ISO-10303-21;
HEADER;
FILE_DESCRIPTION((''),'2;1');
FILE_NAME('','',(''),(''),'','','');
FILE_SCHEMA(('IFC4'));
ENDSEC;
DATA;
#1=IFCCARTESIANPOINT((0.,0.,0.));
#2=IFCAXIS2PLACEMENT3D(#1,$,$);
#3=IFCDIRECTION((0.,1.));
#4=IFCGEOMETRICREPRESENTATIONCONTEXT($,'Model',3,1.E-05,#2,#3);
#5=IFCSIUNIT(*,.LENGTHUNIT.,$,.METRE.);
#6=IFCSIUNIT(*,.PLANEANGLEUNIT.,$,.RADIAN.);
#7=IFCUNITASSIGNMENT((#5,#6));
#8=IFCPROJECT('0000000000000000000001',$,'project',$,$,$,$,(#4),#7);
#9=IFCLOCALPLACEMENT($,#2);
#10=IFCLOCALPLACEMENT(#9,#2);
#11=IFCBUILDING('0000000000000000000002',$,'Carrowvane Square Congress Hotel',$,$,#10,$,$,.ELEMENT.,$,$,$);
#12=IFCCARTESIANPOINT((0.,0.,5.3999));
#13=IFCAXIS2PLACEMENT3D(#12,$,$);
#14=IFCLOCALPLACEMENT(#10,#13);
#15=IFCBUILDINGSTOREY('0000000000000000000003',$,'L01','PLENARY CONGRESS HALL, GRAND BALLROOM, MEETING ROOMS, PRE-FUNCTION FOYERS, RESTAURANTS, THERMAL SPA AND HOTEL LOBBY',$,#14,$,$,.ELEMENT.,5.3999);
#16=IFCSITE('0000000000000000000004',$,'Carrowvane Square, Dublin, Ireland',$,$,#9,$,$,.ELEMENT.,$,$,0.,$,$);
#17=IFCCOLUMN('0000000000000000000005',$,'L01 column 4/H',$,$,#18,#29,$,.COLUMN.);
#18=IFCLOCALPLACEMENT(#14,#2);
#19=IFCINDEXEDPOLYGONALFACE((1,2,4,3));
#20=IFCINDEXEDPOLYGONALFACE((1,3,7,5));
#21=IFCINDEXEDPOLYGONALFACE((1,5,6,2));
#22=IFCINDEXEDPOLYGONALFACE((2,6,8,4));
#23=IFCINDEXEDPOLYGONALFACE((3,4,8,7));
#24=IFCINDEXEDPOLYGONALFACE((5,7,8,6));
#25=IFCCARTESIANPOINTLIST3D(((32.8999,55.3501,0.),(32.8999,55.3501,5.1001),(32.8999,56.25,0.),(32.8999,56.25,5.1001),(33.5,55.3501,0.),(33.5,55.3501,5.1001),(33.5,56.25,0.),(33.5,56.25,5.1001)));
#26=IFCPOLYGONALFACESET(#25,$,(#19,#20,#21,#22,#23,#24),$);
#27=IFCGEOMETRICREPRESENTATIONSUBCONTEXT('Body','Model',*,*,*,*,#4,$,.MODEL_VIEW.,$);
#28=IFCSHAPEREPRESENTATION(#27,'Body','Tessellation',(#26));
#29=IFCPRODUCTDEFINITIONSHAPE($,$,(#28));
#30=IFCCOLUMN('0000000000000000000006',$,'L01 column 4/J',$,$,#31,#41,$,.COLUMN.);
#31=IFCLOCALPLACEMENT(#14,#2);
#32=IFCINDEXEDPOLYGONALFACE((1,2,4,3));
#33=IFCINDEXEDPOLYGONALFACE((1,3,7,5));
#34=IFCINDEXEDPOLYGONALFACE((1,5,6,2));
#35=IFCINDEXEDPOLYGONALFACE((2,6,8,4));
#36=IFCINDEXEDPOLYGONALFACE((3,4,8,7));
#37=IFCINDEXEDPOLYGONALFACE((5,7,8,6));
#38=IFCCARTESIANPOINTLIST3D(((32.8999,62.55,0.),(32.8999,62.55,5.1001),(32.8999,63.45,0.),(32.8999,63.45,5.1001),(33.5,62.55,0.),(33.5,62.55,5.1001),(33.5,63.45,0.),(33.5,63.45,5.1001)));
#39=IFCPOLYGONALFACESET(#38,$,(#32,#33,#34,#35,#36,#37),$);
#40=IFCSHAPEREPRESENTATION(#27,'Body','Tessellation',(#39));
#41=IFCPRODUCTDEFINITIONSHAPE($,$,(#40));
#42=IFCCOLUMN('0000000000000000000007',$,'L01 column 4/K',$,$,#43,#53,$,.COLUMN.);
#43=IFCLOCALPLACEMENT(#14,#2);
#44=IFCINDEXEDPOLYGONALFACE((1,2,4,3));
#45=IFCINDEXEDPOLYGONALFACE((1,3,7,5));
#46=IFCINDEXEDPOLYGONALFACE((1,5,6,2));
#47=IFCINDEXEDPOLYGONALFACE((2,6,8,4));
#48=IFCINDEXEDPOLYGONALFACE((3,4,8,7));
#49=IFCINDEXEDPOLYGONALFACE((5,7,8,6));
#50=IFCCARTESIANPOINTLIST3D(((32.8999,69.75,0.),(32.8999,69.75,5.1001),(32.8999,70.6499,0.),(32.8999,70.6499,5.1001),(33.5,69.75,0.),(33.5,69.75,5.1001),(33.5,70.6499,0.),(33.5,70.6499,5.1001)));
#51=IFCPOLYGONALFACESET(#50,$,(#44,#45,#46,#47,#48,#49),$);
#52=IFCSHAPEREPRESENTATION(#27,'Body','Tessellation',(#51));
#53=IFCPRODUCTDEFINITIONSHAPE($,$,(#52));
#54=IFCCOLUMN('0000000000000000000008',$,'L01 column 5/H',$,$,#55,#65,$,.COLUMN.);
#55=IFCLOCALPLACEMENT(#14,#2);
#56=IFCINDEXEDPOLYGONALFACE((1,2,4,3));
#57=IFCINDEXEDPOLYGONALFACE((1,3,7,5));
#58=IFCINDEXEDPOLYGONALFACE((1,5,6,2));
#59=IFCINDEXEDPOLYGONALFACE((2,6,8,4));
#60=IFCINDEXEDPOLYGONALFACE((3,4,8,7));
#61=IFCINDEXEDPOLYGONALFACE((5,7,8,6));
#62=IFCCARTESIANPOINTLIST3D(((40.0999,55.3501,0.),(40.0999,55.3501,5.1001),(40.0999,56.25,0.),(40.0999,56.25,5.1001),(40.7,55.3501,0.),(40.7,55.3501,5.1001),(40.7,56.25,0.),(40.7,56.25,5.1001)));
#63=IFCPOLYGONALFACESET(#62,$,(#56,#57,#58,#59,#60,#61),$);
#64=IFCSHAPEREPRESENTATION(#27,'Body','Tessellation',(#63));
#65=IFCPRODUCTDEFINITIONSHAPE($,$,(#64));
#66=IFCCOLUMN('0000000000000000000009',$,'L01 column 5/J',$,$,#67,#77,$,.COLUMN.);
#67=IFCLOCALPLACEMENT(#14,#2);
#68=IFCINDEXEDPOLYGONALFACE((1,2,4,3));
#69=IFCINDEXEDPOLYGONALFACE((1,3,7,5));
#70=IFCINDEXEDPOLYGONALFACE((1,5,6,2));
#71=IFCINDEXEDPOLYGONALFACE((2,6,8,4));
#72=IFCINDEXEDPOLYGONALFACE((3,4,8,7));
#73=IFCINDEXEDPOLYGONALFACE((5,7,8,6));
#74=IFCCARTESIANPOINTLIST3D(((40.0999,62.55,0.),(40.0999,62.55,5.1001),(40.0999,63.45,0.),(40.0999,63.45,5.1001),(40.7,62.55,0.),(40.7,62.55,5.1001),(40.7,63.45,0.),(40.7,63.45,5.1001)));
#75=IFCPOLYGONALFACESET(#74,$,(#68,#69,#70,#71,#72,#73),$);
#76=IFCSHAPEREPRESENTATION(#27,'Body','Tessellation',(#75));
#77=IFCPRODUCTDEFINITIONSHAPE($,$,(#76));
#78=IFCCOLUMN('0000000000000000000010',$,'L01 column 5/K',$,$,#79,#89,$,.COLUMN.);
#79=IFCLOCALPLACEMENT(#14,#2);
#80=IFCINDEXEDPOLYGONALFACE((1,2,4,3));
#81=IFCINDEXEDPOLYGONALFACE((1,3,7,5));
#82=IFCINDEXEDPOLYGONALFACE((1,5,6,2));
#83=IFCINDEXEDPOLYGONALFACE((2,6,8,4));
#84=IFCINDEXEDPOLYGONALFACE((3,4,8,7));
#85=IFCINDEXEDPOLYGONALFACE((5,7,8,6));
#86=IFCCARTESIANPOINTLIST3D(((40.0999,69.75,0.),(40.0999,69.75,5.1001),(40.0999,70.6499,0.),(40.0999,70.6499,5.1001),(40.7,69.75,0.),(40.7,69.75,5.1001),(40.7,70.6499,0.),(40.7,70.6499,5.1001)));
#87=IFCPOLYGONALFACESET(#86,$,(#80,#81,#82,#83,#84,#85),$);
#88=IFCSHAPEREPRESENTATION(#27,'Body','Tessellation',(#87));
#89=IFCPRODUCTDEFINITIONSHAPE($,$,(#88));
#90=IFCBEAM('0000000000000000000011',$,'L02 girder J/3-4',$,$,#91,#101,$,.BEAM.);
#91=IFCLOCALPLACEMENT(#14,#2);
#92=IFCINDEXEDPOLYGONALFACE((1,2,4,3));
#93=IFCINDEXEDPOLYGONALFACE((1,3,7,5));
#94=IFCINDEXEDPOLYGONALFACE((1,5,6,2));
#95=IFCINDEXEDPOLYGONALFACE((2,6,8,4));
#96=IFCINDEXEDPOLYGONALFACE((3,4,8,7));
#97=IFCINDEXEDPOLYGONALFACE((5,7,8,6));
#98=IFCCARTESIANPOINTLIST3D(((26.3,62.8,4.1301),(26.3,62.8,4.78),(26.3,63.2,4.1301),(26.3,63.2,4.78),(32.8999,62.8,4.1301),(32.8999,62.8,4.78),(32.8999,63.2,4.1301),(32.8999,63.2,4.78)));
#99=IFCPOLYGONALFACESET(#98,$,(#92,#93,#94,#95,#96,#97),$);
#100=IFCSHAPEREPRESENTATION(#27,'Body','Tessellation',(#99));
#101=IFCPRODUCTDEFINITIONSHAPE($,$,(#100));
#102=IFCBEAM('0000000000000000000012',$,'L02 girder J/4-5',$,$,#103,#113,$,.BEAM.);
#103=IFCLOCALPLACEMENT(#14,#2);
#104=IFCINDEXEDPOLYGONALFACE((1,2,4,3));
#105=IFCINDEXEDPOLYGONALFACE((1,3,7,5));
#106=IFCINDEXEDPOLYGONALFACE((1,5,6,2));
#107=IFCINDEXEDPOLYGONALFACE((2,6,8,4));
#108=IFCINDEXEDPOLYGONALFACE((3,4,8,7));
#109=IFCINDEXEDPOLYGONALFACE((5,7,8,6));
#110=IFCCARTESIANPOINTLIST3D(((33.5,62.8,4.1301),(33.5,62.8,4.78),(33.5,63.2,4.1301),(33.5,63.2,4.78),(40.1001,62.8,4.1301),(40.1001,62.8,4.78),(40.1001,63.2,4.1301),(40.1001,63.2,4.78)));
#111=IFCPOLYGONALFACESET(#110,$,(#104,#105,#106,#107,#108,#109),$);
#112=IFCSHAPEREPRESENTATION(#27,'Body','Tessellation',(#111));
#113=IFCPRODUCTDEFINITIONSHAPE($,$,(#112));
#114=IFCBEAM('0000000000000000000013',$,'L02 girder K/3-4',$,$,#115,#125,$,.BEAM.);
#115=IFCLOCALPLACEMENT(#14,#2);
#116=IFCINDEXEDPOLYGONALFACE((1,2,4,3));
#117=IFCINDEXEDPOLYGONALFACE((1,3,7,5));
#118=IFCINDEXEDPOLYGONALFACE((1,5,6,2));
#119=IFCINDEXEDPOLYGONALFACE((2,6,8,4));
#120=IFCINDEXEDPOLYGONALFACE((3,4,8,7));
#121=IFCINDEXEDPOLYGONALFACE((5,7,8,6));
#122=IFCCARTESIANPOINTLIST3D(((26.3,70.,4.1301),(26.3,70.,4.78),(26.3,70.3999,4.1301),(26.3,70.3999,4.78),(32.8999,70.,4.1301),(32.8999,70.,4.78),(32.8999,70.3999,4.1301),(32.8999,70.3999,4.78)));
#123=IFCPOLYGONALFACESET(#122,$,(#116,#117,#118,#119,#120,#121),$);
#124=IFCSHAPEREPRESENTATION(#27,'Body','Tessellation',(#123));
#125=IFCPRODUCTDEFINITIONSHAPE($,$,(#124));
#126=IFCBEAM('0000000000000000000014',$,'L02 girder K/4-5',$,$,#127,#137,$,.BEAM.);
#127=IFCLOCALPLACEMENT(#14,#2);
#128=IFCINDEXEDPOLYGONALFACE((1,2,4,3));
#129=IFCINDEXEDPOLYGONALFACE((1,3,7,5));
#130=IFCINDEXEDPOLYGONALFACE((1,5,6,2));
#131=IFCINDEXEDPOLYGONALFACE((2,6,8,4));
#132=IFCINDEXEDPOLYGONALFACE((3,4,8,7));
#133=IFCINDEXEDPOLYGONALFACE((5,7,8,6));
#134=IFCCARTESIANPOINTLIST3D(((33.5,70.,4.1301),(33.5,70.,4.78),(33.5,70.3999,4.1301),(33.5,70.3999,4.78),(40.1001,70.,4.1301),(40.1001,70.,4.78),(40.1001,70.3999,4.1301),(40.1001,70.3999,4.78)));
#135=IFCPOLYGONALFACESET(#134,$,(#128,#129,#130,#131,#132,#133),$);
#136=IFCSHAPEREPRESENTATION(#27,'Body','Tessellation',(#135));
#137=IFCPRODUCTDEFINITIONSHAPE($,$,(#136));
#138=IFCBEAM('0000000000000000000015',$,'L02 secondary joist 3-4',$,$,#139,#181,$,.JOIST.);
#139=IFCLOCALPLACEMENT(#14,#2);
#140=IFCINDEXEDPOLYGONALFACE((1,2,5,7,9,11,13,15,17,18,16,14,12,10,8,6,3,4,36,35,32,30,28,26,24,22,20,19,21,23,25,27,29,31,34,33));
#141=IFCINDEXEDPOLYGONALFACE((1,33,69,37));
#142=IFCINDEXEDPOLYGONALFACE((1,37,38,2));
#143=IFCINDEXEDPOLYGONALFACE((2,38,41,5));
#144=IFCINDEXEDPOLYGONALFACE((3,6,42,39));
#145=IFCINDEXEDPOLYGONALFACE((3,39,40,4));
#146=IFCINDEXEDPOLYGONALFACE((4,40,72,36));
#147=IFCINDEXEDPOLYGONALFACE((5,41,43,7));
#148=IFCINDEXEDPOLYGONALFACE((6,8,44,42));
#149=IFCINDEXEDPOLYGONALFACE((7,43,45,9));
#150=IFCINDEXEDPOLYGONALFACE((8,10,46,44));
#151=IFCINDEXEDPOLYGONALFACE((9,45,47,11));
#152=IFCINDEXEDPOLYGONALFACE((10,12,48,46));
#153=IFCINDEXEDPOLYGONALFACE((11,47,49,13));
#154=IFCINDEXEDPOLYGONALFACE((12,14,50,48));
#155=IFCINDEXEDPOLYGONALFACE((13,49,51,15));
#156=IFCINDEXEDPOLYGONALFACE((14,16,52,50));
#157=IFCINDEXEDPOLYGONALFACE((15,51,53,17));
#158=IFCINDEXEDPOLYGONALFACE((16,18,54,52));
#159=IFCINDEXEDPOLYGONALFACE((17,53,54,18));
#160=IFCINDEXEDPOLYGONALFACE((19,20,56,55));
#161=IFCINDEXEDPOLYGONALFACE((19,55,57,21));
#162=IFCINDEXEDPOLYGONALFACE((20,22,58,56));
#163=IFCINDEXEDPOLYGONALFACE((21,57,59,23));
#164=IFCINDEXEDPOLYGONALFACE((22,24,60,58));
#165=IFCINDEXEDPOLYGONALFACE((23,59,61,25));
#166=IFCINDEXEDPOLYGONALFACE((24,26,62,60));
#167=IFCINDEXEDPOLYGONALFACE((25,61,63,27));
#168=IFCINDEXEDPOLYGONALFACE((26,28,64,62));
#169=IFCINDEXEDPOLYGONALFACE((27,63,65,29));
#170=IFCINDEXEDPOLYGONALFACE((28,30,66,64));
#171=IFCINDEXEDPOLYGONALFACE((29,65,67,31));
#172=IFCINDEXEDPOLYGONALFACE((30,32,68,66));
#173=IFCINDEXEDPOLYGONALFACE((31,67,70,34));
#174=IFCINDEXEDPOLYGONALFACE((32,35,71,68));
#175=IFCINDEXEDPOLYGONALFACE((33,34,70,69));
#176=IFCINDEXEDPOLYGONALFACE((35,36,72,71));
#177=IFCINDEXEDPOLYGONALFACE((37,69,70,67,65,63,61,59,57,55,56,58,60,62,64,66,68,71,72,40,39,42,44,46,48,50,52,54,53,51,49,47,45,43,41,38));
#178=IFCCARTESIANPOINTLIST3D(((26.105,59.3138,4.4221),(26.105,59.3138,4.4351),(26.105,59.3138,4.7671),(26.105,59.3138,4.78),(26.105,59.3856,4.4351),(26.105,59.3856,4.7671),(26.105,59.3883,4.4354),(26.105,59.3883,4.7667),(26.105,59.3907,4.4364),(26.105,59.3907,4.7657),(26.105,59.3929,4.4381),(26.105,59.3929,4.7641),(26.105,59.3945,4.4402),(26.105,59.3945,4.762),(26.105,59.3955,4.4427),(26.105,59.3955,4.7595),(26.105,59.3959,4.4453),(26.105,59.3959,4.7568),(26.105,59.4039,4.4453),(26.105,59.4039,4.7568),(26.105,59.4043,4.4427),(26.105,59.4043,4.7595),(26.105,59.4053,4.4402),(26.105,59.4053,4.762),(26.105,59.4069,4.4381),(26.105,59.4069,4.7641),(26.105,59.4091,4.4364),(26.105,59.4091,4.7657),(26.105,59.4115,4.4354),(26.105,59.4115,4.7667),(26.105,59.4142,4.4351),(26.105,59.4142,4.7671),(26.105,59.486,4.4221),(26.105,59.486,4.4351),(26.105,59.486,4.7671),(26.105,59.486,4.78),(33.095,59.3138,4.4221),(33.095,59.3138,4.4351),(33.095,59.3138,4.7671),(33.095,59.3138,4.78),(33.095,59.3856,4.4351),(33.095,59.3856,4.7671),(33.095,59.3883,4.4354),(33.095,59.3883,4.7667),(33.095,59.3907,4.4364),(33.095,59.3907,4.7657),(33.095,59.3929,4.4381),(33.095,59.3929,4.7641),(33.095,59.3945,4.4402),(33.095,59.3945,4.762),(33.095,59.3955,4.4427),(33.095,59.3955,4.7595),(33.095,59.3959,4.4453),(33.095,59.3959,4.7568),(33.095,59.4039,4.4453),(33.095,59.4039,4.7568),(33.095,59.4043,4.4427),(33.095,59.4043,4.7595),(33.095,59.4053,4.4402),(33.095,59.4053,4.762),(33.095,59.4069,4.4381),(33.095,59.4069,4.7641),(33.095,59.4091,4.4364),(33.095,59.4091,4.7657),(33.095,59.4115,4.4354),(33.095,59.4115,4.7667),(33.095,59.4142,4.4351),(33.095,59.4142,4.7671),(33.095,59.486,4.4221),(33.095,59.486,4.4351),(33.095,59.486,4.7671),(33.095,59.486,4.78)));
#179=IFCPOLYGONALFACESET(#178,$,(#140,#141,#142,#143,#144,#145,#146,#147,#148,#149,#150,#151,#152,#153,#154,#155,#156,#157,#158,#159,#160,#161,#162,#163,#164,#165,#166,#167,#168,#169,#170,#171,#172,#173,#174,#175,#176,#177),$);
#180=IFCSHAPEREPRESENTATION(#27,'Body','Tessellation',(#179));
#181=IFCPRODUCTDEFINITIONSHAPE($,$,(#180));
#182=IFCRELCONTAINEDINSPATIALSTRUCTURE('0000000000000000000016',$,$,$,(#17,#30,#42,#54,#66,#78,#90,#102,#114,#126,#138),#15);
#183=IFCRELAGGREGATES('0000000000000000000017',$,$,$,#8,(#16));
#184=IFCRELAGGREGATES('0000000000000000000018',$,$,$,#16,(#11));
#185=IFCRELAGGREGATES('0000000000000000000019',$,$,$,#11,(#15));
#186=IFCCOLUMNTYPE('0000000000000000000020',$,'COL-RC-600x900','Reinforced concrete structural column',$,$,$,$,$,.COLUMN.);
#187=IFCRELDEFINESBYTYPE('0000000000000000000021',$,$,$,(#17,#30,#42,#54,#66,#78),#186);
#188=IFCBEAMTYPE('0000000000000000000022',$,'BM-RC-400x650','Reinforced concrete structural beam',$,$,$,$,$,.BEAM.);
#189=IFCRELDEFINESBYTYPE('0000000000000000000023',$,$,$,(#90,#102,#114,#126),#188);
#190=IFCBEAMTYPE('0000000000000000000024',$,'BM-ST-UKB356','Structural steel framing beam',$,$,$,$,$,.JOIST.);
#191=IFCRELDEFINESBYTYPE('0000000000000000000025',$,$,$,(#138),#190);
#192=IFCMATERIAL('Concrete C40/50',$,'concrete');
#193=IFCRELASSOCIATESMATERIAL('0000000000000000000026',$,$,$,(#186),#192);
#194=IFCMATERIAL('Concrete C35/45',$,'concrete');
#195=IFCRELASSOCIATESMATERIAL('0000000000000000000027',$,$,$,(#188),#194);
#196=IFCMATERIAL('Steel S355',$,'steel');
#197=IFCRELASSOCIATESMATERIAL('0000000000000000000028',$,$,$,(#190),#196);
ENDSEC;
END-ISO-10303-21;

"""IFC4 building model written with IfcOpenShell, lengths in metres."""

from ifc_helpers import new_model, si_unit, direction, frame, origin, origin_2d, place, context, subcontext, project, spatial, rectangle, i_section, extrude, material, material_profile, profile_set, type_object, element, save


model = new_model("IFC4")

# Units and contexts
model_context = context("Model", 3, precision=1e-05, world=origin(), true_north=direction((0.0, 1.0)))
body_context = subcontext(model_context, "Body", "Model", "MODEL_VIEW")
ifc_project = project(units=[si_unit("LENGTHUNIT", "METRE"), si_unit("PLANEANGLEUNIT", "RADIAN")], contexts=[model_context])

# Site, building, storey
site_placement = place(None, origin())
site = spatial("IfcSite", under=ifc_project, at=site_placement, Name="Carrowvane Square, Dublin, Ireland", CompositionType="ELEMENT", RefElevation=0.0)
building_placement = place(site_placement, origin())
building = spatial("IfcBuilding", under=site, at=building_placement, Name="Carrowvane Square Congress Hotel", CompositionType="ELEMENT")
storey_placement = place(building_placement, frame((0.0, 0.0, 5.3999)))
storey = spatial("IfcBuildingStorey", under=building, at=storey_placement, Name="L01", Description="PLENARY CONGRESS HALL, GRAND BALLROOM, MEETING ROOMS, PRE-FUNCTION FOYERS, RESTAURANTS, THERMAL SPA AND HOTEL LOBBY", CompositionType="ELEMENT", Elevation=5.3999)

# Columns
ifc_material_1 = material(Name="Concrete C40/50", Category="concrete")
ifc_material_profile_1 = material_profile(ifc_material_1, rectangle(XDim=0.6001, YDim=0.8999, at=origin_2d()), Name="RC 600x900")
ifc_profile_set_1 = profile_set([ifc_material_profile_1], Name="Concrete C40/50")
column_type = type_object("IfcColumnType", Name="COL-RC-600x900", Description="Reinforced concrete structural column", PredefinedType="COLUMN", material=ifc_profile_set_1)
for number, where, z_axis, x_axis, name in (
    (1, (33.2, 55.8, 0.0), (0.0, 0.0, 1.0), (1.0, 0.0, 0.0), "L01 column 4/H"),
    (2, (33.2, 63.0, 0.0), (0.0, 0.0, 1.0), (1.0, 0.0, 0.0), "L01 column 4/J"),
    (3, (33.2, 70.2, 0.0), (0.0, 0.0, 1.0), (1.0, 0.0, 0.0), "L01 column 4/K"),
    (4, (40.3999, 55.8, 0.0), (0.0, 0.0, 1.0), (1.0, 0.0, 0.0), "L01 column 5/H"),
    (5, (40.3999, 63.0, 0.0), (0.0, 0.0, 1.0), (1.0, 0.0, 0.0), "L01 column 5/J"),
    (6, (40.3999, 70.2, 0.0), (0.0, 0.0, 1.0), (1.0, 0.0, 0.0), "L01 column 5/K"),
):
    element("IfcColumn", number, at=place(storey_placement, frame(where, z_axis=z_axis, x_axis=x_axis)), inside=storey, type_object=column_type, Name=name, PredefinedType="COLUMN", context=body_context, shape_type="SweptSolid", body=[
        extrude(rectangle(XDim=0.6001, YDim=0.8999, at=origin_2d()), origin(), (0.0, 0.0, 1.0), 5.1001),
    ])

# Beams
ifc_material_2 = material(Name="Concrete C35/45", Category="concrete")
ifc_material_profile_2 = material_profile(ifc_material_2, rectangle(XDim=0.3999, YDim=0.6499, at=origin_2d()), Name="RC 400x650")
ifc_profile_set_2 = profile_set([ifc_material_profile_2], Name="Concrete C35/45")
beam_type_1 = type_object("IfcBeamType", Name="BM-RC-400x650", Description="Reinforced concrete structural beam", PredefinedType="BEAM", material=ifc_profile_set_2)
beam_1_placement = place(storey_placement, frame((26.3, 63.0, 4.4551), z_axis=(1.0, 0.0, 0.0), x_axis=(0.0, 1.0, 0.0)))
element("IfcBeam", 7, at=beam_1_placement, inside=storey, type_object=beam_type_1, Name="L02 girder J/3-4", PredefinedType="BEAM", context=body_context, shape_type="SweptSolid", body=[
    extrude(rectangle(XDim=0.3999, YDim=0.6499, at=origin_2d()), origin(), (0.0, 0.0, 1.0), 6.5999),
])
beam_2_placement = place(storey_placement, frame((33.5, 63.0, 4.4551), z_axis=(1.0, 0.0, 0.0), x_axis=(0.0, 1.0, 0.0)))
element("IfcBeam", 8, at=beam_2_placement, inside=storey, type_object=beam_type_1, Name="L02 girder J/4-5", PredefinedType="BEAM", context=body_context, shape_type="SweptSolid", body=[
    extrude(rectangle(XDim=0.3999, YDim=0.6499, at=origin_2d()), origin(), (0.0, 0.0, 1.0), 6.6001),
])
beam_3_placement = place(storey_placement, frame((26.3, 70.2, 4.4551), z_axis=(1.0, 0.0, 0.0), x_axis=(0.0, 1.0, 0.0)))
element("IfcBeam", 9, at=beam_3_placement, inside=storey, type_object=beam_type_1, Name="L02 girder K/3-4", PredefinedType="BEAM", context=body_context, shape_type="SweptSolid", body=[
    extrude(rectangle(XDim=0.3999, YDim=0.6499, at=origin_2d()), origin(), (0.0, 0.0, 1.0), 6.5999),
])
beam_4_placement = place(storey_placement, frame((33.5, 70.2, 4.4551), z_axis=(1.0, 0.0, 0.0), x_axis=(0.0, 1.0, 0.0)))
element("IfcBeam", 10, at=beam_4_placement, inside=storey, type_object=beam_type_1, Name="L02 girder K/4-5", PredefinedType="BEAM", context=body_context, shape_type="SweptSolid", body=[
    extrude(rectangle(XDim=0.3999, YDim=0.6499, at=origin_2d()), origin(), (0.0, 0.0, 1.0), 6.6001),
])
ifc_material_3 = material(Name="Steel S355", Category="steel")
ifc_material_profile_3 = material_profile(ifc_material_3, i_section(OverallWidth=0.1721, OverallDepth=0.3579, WebThickness=0.0081, FlangeThickness=0.0129, FilletRadius=0.0103, at=origin_2d()), Name="UKB 356x171x57")
ifc_profile_set_3 = profile_set([ifc_material_profile_3], Name="Steel S355")
beam_type_2 = type_object("IfcBeamType", Name="BM-ST-UKB356", Description="Structural steel framing beam", PredefinedType="JOIST", material=ifc_profile_set_3)
for number, where, z_axis, x_axis, name in (
    (11, (26.105, 59.3999, 4.6011), (1.0, 0.0, 0.0), (0.0, 1.0, 0.0), "L02 secondary joist 3-4"),
):
    element("IfcBeam", number, at=place(storey_placement, frame(where, z_axis=z_axis, x_axis=x_axis)), inside=storey, type_object=beam_type_2, Name=name, PredefinedType="JOIST", context=body_context, shape_type="SweptSolid", body=[
        extrude(i_section(OverallWidth=0.1721, OverallDepth=0.3579, WebThickness=0.0081, FlangeThickness=0.0129, FilletRadius=0.0103, at=origin_2d()), origin(), (0.0, 0.0, 1.0), 6.99),
    ])

save(model, "model.ifc")
